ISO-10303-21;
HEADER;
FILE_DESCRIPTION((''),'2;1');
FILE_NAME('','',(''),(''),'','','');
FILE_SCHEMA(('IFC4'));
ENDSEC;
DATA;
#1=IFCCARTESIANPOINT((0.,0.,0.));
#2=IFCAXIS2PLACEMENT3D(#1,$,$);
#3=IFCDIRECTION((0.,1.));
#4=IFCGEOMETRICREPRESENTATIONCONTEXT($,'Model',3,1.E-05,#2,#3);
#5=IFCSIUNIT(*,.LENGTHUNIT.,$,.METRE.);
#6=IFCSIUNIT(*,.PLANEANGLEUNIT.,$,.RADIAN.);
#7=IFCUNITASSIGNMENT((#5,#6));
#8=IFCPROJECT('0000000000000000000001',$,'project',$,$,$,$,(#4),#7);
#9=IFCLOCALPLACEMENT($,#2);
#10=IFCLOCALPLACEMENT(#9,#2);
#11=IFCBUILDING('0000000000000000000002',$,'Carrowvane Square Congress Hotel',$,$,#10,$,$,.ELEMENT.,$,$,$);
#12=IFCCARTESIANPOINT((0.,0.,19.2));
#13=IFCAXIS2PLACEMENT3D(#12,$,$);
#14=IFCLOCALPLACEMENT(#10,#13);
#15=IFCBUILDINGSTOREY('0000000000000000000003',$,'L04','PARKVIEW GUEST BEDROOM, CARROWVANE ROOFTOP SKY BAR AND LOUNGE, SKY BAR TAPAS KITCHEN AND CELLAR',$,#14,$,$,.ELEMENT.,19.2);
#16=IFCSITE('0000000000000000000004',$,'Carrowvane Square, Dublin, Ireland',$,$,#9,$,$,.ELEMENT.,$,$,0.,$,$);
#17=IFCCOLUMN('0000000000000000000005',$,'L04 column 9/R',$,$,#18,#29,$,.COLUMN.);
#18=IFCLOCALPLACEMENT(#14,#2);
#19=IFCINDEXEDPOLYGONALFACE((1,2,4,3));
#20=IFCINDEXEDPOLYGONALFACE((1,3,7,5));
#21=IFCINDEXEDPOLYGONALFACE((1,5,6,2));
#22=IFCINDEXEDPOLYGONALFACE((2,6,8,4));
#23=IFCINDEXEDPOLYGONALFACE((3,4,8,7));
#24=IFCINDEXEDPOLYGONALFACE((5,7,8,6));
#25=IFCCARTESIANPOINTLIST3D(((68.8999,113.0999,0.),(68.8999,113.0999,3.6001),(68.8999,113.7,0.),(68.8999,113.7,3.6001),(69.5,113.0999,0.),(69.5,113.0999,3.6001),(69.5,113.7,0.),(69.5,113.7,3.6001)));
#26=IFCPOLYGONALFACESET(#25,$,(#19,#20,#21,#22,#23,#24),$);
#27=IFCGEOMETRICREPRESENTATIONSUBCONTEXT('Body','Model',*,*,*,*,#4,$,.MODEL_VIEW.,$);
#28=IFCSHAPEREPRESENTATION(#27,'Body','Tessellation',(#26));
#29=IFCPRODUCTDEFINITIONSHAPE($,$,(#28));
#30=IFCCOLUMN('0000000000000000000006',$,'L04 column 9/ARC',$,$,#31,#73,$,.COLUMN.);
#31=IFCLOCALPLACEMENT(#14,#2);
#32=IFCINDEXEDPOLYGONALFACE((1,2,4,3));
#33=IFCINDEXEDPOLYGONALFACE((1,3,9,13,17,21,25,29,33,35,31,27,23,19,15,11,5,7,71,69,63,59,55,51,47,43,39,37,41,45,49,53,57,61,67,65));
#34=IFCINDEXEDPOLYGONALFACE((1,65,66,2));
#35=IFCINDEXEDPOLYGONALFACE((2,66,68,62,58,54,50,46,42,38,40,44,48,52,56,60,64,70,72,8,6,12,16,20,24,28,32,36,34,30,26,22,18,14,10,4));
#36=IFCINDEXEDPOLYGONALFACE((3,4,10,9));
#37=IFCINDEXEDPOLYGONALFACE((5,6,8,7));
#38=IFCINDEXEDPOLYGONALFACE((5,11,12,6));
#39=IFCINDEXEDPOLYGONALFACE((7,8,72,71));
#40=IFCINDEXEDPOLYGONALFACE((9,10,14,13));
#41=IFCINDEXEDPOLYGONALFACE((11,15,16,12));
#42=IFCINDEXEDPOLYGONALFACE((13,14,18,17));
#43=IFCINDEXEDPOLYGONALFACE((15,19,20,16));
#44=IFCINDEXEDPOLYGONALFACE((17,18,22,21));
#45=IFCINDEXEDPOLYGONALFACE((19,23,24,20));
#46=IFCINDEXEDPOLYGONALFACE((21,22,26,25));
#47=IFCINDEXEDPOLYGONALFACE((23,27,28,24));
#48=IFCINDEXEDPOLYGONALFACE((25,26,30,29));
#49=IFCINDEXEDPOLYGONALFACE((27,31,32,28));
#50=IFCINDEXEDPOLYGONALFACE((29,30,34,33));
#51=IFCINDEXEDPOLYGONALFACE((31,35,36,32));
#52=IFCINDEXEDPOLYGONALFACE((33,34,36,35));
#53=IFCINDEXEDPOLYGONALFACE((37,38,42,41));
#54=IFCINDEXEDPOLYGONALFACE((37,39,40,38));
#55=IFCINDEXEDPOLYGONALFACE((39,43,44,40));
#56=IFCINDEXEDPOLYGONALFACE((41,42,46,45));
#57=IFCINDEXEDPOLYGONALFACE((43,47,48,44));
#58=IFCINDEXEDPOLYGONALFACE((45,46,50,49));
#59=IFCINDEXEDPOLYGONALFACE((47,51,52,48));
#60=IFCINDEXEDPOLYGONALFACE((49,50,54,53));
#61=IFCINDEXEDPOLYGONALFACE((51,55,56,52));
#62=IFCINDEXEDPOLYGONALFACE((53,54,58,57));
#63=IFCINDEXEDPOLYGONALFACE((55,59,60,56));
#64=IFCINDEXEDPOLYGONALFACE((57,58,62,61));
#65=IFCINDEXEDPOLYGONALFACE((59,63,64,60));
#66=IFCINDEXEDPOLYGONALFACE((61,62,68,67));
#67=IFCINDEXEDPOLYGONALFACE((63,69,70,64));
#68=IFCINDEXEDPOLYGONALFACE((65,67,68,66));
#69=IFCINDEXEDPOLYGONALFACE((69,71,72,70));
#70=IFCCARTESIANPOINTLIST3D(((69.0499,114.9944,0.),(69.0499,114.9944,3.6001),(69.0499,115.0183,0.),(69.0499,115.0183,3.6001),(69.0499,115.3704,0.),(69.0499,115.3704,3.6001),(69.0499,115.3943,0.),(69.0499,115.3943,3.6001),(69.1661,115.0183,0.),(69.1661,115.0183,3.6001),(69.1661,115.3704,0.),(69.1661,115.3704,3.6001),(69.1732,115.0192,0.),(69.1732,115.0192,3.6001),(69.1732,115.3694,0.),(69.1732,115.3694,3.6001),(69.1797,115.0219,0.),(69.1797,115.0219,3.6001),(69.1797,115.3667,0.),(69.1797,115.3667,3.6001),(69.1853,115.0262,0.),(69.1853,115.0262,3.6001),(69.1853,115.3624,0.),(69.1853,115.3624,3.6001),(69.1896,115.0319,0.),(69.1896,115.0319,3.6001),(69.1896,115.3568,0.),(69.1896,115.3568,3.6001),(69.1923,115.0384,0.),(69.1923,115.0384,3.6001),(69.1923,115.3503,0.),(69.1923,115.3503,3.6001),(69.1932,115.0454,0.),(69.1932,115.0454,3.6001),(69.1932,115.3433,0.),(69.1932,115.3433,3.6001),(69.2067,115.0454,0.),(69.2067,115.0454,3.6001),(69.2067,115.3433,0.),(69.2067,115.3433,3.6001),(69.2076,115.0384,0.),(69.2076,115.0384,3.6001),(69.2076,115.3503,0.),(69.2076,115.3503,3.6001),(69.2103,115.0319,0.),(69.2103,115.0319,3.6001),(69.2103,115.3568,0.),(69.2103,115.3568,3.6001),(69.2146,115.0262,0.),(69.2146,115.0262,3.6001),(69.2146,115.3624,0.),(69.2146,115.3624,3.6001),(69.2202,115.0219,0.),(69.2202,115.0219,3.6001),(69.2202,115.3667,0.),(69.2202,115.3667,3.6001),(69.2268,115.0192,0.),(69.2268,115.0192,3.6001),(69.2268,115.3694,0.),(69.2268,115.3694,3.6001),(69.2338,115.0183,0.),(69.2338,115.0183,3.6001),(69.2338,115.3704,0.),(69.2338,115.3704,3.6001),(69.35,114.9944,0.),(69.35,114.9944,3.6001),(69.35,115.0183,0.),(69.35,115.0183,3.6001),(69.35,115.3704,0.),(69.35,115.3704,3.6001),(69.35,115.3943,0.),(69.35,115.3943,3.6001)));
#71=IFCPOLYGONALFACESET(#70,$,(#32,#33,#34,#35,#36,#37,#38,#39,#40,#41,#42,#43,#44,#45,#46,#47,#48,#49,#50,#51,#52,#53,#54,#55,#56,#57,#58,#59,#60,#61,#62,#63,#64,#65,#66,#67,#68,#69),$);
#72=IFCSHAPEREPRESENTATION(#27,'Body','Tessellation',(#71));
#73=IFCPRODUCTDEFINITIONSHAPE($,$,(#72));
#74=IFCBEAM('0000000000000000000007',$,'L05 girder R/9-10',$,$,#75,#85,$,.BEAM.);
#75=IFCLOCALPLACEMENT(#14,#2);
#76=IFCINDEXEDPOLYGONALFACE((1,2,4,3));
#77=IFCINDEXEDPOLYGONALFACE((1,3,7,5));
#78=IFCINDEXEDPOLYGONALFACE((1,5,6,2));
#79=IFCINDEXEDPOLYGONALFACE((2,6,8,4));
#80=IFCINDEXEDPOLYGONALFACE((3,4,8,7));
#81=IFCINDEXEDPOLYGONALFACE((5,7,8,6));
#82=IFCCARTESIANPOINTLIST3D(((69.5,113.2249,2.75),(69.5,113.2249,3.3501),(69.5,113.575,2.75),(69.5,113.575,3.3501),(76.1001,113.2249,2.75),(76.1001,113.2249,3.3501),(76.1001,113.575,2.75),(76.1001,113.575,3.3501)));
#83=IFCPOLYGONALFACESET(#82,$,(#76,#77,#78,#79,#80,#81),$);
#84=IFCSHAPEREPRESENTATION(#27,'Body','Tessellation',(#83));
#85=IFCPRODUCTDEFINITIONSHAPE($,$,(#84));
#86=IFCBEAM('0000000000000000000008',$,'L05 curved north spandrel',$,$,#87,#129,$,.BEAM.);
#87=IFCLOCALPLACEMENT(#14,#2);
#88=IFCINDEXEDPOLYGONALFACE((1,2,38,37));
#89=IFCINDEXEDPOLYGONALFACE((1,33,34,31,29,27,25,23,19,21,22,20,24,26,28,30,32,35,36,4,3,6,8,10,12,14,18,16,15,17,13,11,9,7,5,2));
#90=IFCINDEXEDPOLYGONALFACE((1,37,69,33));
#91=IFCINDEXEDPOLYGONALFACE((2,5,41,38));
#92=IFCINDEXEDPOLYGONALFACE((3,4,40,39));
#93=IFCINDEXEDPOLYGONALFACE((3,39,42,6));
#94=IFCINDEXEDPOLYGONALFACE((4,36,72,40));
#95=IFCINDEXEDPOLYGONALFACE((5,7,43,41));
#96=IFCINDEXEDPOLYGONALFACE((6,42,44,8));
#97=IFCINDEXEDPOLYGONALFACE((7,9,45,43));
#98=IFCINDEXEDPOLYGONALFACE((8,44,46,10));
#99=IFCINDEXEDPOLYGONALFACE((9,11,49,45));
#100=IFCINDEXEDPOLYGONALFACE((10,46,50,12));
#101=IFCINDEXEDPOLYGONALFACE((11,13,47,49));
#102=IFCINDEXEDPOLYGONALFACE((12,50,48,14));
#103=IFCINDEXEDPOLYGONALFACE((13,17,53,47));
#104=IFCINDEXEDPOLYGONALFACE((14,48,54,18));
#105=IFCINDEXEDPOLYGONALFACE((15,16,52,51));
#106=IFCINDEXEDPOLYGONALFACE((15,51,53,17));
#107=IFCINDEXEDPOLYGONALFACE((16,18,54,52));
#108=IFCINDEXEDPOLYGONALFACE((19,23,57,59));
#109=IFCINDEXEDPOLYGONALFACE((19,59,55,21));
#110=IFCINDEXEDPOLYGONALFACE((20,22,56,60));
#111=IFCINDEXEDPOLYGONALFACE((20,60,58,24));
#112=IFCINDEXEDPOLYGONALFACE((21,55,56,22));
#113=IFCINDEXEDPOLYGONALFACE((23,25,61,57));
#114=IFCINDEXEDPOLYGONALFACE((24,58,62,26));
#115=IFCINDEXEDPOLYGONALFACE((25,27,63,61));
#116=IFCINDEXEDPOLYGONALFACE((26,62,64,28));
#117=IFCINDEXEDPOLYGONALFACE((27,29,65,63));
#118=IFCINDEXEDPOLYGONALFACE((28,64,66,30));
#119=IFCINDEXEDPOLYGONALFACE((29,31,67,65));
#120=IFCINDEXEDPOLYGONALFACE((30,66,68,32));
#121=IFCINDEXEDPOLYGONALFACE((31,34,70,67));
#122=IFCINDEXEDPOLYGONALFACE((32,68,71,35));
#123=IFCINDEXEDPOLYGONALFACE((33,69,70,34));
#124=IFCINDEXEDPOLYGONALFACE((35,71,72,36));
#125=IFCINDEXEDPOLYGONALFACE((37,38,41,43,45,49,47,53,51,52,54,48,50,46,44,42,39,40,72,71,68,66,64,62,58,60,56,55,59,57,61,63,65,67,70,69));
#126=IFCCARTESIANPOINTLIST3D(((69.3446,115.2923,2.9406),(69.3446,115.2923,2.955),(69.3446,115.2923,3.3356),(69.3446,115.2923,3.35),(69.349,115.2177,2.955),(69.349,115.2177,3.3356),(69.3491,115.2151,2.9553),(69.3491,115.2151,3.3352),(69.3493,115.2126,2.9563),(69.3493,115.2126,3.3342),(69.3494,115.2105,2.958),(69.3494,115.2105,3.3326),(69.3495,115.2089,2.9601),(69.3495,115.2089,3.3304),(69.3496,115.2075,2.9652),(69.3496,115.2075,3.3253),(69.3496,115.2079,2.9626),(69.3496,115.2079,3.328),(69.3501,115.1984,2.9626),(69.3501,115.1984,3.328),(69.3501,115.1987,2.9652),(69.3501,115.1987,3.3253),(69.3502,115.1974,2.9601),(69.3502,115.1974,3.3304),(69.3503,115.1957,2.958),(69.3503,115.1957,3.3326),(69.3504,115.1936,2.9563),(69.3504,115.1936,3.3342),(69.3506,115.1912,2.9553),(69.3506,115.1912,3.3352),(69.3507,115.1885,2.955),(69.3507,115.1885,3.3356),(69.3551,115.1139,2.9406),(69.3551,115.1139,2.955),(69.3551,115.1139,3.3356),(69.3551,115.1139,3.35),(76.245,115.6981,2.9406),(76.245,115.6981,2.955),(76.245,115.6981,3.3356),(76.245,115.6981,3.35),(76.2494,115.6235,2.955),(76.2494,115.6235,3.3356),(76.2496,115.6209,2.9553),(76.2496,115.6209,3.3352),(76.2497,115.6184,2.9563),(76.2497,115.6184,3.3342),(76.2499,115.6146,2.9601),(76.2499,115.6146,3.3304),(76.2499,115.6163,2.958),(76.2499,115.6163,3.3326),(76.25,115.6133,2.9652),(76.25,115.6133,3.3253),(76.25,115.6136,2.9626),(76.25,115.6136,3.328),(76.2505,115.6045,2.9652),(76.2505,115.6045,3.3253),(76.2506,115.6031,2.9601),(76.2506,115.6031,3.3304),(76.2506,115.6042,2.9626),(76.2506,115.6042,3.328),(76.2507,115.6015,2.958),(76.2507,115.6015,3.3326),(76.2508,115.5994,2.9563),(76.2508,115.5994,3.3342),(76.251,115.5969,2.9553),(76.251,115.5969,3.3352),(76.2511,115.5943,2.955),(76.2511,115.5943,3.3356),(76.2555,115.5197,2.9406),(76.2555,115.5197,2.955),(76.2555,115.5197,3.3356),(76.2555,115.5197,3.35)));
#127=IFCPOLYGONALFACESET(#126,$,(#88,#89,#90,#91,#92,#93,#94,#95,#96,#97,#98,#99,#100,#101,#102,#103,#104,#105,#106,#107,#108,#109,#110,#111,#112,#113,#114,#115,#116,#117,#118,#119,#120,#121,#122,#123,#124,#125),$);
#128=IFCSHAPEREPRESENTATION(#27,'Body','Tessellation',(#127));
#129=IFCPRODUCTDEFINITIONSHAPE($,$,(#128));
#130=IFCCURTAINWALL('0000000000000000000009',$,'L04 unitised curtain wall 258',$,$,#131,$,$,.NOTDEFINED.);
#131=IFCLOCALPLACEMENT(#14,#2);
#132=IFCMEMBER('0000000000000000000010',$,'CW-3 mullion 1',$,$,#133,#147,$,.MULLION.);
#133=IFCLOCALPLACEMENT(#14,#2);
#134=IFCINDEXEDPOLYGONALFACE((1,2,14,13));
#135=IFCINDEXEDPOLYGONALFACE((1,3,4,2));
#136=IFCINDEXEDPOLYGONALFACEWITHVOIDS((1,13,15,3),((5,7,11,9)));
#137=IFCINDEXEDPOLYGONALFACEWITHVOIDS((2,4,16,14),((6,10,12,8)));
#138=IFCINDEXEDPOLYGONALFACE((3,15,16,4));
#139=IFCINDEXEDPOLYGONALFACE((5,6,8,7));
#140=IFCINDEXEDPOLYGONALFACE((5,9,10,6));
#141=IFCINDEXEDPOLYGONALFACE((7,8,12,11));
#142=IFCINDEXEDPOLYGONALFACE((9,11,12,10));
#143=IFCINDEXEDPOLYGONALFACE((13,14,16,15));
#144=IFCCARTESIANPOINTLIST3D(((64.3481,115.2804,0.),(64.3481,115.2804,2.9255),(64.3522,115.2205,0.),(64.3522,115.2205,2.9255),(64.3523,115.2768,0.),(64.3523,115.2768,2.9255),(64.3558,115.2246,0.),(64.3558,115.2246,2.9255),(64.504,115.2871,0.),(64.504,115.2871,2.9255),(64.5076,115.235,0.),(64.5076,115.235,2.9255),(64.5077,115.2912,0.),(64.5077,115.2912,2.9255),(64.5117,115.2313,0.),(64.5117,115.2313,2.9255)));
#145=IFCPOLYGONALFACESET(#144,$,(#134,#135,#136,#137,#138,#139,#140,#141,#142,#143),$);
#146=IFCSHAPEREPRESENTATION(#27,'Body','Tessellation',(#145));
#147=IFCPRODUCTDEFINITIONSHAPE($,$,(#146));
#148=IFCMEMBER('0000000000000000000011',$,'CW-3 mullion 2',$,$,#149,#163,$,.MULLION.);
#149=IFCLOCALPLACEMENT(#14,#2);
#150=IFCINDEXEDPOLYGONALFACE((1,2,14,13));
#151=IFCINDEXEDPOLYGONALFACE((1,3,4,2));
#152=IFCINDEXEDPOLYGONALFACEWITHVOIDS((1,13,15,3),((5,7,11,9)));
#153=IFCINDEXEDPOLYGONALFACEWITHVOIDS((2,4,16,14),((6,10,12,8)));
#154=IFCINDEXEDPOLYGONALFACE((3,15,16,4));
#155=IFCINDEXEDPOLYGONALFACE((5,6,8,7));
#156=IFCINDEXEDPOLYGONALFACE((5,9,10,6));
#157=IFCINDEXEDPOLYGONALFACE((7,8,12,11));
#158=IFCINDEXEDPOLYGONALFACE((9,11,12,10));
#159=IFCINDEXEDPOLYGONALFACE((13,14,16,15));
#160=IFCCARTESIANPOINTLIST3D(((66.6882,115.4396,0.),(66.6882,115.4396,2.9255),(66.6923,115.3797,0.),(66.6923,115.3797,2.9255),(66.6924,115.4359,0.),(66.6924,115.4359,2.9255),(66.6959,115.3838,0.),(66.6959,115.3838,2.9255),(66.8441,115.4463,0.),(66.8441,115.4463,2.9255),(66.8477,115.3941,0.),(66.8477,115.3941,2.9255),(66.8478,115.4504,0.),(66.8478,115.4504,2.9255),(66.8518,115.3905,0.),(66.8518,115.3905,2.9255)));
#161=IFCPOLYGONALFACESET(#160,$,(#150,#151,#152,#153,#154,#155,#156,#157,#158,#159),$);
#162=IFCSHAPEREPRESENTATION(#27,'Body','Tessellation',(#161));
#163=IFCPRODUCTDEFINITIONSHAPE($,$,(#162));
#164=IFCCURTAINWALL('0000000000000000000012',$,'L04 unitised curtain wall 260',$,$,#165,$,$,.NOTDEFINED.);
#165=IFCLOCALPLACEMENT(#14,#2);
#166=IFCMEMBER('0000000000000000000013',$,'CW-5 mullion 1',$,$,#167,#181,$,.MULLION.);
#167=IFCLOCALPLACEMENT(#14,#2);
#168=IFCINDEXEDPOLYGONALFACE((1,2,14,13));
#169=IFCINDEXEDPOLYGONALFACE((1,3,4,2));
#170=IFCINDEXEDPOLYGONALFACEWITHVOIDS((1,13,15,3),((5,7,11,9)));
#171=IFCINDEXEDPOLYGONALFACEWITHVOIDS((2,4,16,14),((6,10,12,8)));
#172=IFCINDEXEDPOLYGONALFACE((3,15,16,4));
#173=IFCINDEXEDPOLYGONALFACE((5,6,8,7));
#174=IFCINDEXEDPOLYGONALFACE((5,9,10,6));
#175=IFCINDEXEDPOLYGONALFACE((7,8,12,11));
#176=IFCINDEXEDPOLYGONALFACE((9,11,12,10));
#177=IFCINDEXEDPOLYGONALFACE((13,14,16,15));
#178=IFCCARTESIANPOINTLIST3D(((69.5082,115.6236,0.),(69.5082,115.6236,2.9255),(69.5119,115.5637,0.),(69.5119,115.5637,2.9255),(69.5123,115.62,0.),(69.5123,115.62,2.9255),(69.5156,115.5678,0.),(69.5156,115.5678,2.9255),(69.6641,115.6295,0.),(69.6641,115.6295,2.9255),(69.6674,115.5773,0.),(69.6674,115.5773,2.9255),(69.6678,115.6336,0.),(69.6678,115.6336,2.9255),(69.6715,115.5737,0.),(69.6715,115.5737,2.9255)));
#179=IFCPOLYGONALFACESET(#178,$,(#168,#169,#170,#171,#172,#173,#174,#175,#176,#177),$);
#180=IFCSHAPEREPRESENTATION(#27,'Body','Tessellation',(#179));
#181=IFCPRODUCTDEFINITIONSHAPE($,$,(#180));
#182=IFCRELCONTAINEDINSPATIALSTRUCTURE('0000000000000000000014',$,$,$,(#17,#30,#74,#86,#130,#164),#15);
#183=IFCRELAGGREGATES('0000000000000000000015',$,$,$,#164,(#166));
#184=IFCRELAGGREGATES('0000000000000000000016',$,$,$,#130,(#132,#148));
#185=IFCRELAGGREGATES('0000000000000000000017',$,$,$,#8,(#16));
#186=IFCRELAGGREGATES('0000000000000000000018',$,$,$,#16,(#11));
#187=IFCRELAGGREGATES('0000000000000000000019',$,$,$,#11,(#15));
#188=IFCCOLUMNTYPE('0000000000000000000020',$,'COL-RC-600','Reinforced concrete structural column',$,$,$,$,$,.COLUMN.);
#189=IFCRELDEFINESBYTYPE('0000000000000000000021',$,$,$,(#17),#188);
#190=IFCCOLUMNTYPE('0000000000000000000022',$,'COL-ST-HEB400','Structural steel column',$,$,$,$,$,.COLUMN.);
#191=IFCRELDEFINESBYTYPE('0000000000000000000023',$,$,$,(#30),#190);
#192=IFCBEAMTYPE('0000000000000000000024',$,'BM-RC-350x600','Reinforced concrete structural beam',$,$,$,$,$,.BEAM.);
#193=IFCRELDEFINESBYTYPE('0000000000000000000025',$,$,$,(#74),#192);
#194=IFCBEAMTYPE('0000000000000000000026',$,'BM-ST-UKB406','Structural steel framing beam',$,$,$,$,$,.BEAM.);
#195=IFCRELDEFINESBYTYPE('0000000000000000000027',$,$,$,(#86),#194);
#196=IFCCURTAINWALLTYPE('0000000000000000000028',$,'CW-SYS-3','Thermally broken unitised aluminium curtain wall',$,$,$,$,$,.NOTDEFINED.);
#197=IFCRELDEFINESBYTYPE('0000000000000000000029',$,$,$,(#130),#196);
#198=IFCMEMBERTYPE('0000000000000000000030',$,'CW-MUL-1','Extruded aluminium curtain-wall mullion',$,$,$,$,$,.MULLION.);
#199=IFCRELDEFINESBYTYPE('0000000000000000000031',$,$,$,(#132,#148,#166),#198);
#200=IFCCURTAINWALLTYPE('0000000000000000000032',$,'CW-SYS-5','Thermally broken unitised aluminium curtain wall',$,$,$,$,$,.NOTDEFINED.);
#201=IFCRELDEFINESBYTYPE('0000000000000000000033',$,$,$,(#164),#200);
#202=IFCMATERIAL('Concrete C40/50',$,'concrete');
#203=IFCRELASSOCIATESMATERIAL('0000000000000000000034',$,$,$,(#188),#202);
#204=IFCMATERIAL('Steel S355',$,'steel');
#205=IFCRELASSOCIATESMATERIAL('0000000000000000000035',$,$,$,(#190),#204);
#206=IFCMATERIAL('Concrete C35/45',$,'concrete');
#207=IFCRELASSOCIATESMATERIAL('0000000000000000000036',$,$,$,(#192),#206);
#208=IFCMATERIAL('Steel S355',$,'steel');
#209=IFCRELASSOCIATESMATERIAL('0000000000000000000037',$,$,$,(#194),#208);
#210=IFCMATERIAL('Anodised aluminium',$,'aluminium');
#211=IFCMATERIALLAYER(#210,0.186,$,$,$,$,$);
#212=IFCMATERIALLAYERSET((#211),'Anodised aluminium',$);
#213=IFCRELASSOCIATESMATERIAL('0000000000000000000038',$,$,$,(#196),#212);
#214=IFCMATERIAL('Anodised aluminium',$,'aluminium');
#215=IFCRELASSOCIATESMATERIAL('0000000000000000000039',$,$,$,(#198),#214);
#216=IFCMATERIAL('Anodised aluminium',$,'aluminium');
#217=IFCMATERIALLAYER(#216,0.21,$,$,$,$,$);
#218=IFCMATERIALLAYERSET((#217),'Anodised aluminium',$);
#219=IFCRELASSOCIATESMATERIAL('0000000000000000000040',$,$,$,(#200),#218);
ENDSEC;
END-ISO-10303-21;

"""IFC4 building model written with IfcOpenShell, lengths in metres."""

from ifc_helpers import new_model, si_unit, direction, frame, origin, origin_2d, place, context, subcontext, project, spatial, rectangle, hollow_rectangle, i_section, extrude, material, layer, layer_set, material_profile, profile_set, type_object, element, aggregate, save


model = new_model("IFC4")

# Units and contexts
model_context = context("Model", 3, precision=1e-05, world=origin(), true_north=direction((0.0, 1.0)))
body_context = subcontext(model_context, "Body", "Model", "MODEL_VIEW")
ifc_project = project(units=[si_unit("LENGTHUNIT", "METRE"), si_unit("PLANEANGLEUNIT", "RADIAN")], contexts=[model_context])

# Site, building, storey
site_placement = place(None, origin())
site = spatial("IfcSite", under=ifc_project, at=site_placement, Name="Carrowvane Square, Dublin, Ireland", CompositionType="ELEMENT", RefElevation=0.0)
building_placement = place(site_placement, origin())
building = spatial("IfcBuilding", under=site, at=building_placement, Name="Carrowvane Square Congress Hotel", CompositionType="ELEMENT")
storey_placement = place(building_placement, frame((0.0, 0.0, 19.2)))
storey = spatial("IfcBuildingStorey", under=building, at=storey_placement, Name="L04", Description="PARKVIEW GUEST BEDROOM, CARROWVANE ROOFTOP SKY BAR AND LOUNGE, SKY BAR TAPAS KITCHEN AND CELLAR", CompositionType="ELEMENT", Elevation=19.2)

# Columns
ifc_material_1 = material(Name="Concrete C40/50", Category="concrete")
ifc_material_profile_1 = material_profile(ifc_material_1, rectangle(XDim=0.6001, YDim=0.6001, at=origin_2d()), Name="RC 600x600")
ifc_profile_set_1 = profile_set([ifc_material_profile_1], Name="Concrete C40/50")
column_type_1 = type_object("IfcColumnType", Name="COL-RC-600", Description="Reinforced concrete structural column", PredefinedType="COLUMN", material=ifc_profile_set_1)
column_1_placement = place(storey_placement, frame((69.2, 113.3999, 0.0), z_axis=(0.0, 0.0, 1.0), x_axis=(1.0, 0.0, 0.0)))
element("IfcColumn", 1, at=column_1_placement, inside=storey, type_object=column_type_1, Name="L04 column 9/R", PredefinedType="COLUMN", context=body_context, shape_type="SweptSolid", body=[
    extrude(rectangle(XDim=0.6001, YDim=0.6001, at=origin_2d()), origin(), (0.0, 0.0, 1.0), 3.6001),
])
ifc_material_2 = material(Name="Steel S355", Category="steel")
ifc_material_profile_2 = material_profile(ifc_material_2, i_section(OverallWidth=0.3, OverallDepth=0.3999, WebThickness=0.0134, FlangeThickness=0.0239, FilletRadius=0.0271, at=origin_2d()), Name="HEB 400")
ifc_profile_set_2 = profile_set([ifc_material_profile_2], Name="Steel S355")
column_type_2 = type_object("IfcColumnType", Name="COL-ST-HEB400", Description="Structural steel column", PredefinedType="COLUMN", material=ifc_profile_set_2)
column_2_placement = place(storey_placement, frame((69.2, 115.1943, 0.0), z_axis=(0.0, 0.0, 1.0), x_axis=(1.0, 0.0, 0.0)))
element("IfcColumn", 2, at=column_2_placement, inside=storey, type_object=column_type_2, Name="L04 column 9/ARC", PredefinedType="COLUMN", context=body_context, shape_type="SweptSolid", body=[
    extrude(i_section(OverallWidth=0.3, OverallDepth=0.3999, WebThickness=0.0134, FlangeThickness=0.0239, FilletRadius=0.0271, at=origin_2d()), origin(), (0.0, 0.0, 1.0), 3.6001),
])

# Beams
ifc_material_3 = material(Name="Concrete C35/45", Category="concrete")
ifc_material_profile_3 = material_profile(ifc_material_3, rectangle(XDim=0.3501, YDim=0.6001, at=origin_2d()), Name="RC 350x600")
ifc_profile_set_3 = profile_set([ifc_material_profile_3], Name="Concrete C35/45")
beam_type_1 = type_object("IfcBeamType", Name="BM-RC-350x600", Description="Reinforced concrete structural beam", PredefinedType="BEAM", material=ifc_profile_set_3)
beam_1_placement = place(storey_placement, frame((69.5, 113.3999, 3.05), z_axis=(1.0, 0.0, 0.0), x_axis=(0.0, 1.0, 0.0)))
element("IfcBeam", 3, at=beam_1_placement, inside=storey, type_object=beam_type_1, Name="L05 girder R/9-10", PredefinedType="BEAM", context=body_context, shape_type="SweptSolid", body=[
    extrude(rectangle(XDim=0.3501, YDim=0.6001, at=origin_2d()), origin(), (0.0, 0.0, 1.0), 6.6001),
])
ifc_material_4 = material(Name="Steel S355", Category="steel")
ifc_material_profile_4 = material_profile(ifc_material_4, i_section(OverallWidth=0.1787, OverallDepth=0.4094, WebThickness=0.0088, FlangeThickness=0.0144, FilletRadius=0.0103, at=origin_2d()), Name="UKB 406x178x67")
ifc_profile_set_4 = profile_set([ifc_material_profile_4], Name="Steel S355")
beam_type_2 = type_object("IfcBeamType", Name="BM-ST-UKB406", Description="Structural steel framing beam", PredefinedType="BEAM", material=ifc_profile_set_4)
beam_2_placement = place(storey_placement, frame((69.3499, 115.2031, 3.1453), z_axis=(0.998276, 0.058701, 0.0), x_axis=(-0.058701, 0.998276, 0.0)))
element("IfcBeam", 4, at=beam_2_placement, inside=storey, type_object=beam_type_2, Name="L05 curved north spandrel", PredefinedType="BEAM", context=body_context, shape_type="SweptSolid", body=[
    extrude(i_section(OverallWidth=0.1787, OverallDepth=0.4094, WebThickness=0.0088, FlangeThickness=0.0144, FilletRadius=0.0103, at=origin_2d()), origin(), (0.0, 0.0, 1.0), 6.9124),
])

# Curtain wall, members
ifc_material_5 = material(Name="Anodised aluminium", Category="aluminium")
ifc_layer_1 = layer(ifc_material_5, 0.186)
ifc_layer_set_1 = layer_set([ifc_layer_1], Name="Anodised aluminium")
curtain_wall_type_1 = type_object("IfcCurtainWallType", Name="CW-SYS-3", Description="Thermally broken unitised aluminium curtain wall", PredefinedType="NOTDEFINED", material=ifc_layer_set_1)
curtain_wall_1_placement = place(storey_placement, origin())
curtain_wall_1 = element("IfcCurtainWall", 5, at=curtain_wall_1_placement, inside=storey, type_object=curtain_wall_type_1, Name="L04 unitised curtain wall 258", PredefinedType="NOTDEFINED")
ifc_material_6 = material(Name="Anodised aluminium", Category="aluminium")
ifc_material_profile_5 = material_profile(ifc_material_6, hollow_rectangle(XDim=0.0601, YDim=0.1599, WallThickness=0.0039, at=origin_2d()), Name="CW-ML 60x160x4")
ifc_profile_set_5 = profile_set([ifc_material_profile_5], Name="Anodised aluminium")
member_type_1 = type_object("IfcMemberType", Name="CW-MUL-1", Description="Extruded aluminium curtain-wall mullion", PredefinedType="MULLION", material=ifc_profile_set_5)
member_1_placement = place(storey_placement, frame((64.4299, 115.2559, 0.0), z_axis=(0.0, 0.0, 1.0), x_axis=(-0.067865, 0.997694, 0.0)))
member_1 = element("IfcMember", 6, at=member_1_placement, type_object=member_type_1, Name="CW-3 mullion 1", PredefinedType="MULLION", context=body_context, shape_type="SweptSolid", body=[
    extrude(hollow_rectangle(XDim=0.0601, YDim=0.1599, WallThickness=0.0039, at=origin_2d()), origin(), (0.0, 0.0, 1.0), 2.9255),
])
member_2_placement = place(storey_placement, frame((66.77, 115.415, 0.0), z_axis=(0.0, 0.0, 1.0), x_axis=(-0.067865, 0.997694, 0.0)))
member_2 = element("IfcMember", 7, at=member_2_placement, type_object=member_type_1, Name="CW-3 mullion 2", PredefinedType="MULLION", context=body_context, shape_type="SweptSolid", body=[
    extrude(hollow_rectangle(XDim=0.0601, YDim=0.1599, WallThickness=0.0039, at=origin_2d()), origin(), (0.0, 0.0, 1.0), 2.9255),
])

# Curtain wall, member
ifc_material_7 = material(Name="Anodised aluminium", Category="aluminium")
ifc_layer_2 = layer(ifc_material_7, 0.21)
ifc_layer_set_2 = layer_set([ifc_layer_2], Name="Anodised aluminium")
curtain_wall_type_2 = type_object("IfcCurtainWallType", Name="CW-SYS-5", Description="Thermally broken unitised aluminium curtain wall", PredefinedType="NOTDEFINED", material=ifc_layer_set_2)
curtain_wall_2_placement = place(storey_placement, origin())
curtain_wall_2 = element("IfcCurtainWall", 8, at=curtain_wall_2_placement, inside=storey, type_object=curtain_wall_type_2, Name="L04 unitised curtain wall 260", PredefinedType="NOTDEFINED")
member_3_placement = place(storey_placement, frame((69.5898, 115.5986, 0.0), z_axis=(0.0, 0.0, 1.0), x_axis=(-0.062397, 0.998051, 0.0)))
member_3 = element("IfcMember", 9, at=member_3_placement, type_object=member_type_1, Name="CW-5 mullion 1", PredefinedType="MULLION", context=body_context, shape_type="SweptSolid", body=[
    extrude(hollow_rectangle(XDim=0.0601, YDim=0.1599, WallThickness=0.0039, at=origin_2d()), origin(), (0.0, 0.0, 1.0), 2.9255),
])
aggregate(curtain_wall_2, [member_3])

aggregate(curtain_wall_1, [member_1, member_2])

save(model, "model.ifc")
